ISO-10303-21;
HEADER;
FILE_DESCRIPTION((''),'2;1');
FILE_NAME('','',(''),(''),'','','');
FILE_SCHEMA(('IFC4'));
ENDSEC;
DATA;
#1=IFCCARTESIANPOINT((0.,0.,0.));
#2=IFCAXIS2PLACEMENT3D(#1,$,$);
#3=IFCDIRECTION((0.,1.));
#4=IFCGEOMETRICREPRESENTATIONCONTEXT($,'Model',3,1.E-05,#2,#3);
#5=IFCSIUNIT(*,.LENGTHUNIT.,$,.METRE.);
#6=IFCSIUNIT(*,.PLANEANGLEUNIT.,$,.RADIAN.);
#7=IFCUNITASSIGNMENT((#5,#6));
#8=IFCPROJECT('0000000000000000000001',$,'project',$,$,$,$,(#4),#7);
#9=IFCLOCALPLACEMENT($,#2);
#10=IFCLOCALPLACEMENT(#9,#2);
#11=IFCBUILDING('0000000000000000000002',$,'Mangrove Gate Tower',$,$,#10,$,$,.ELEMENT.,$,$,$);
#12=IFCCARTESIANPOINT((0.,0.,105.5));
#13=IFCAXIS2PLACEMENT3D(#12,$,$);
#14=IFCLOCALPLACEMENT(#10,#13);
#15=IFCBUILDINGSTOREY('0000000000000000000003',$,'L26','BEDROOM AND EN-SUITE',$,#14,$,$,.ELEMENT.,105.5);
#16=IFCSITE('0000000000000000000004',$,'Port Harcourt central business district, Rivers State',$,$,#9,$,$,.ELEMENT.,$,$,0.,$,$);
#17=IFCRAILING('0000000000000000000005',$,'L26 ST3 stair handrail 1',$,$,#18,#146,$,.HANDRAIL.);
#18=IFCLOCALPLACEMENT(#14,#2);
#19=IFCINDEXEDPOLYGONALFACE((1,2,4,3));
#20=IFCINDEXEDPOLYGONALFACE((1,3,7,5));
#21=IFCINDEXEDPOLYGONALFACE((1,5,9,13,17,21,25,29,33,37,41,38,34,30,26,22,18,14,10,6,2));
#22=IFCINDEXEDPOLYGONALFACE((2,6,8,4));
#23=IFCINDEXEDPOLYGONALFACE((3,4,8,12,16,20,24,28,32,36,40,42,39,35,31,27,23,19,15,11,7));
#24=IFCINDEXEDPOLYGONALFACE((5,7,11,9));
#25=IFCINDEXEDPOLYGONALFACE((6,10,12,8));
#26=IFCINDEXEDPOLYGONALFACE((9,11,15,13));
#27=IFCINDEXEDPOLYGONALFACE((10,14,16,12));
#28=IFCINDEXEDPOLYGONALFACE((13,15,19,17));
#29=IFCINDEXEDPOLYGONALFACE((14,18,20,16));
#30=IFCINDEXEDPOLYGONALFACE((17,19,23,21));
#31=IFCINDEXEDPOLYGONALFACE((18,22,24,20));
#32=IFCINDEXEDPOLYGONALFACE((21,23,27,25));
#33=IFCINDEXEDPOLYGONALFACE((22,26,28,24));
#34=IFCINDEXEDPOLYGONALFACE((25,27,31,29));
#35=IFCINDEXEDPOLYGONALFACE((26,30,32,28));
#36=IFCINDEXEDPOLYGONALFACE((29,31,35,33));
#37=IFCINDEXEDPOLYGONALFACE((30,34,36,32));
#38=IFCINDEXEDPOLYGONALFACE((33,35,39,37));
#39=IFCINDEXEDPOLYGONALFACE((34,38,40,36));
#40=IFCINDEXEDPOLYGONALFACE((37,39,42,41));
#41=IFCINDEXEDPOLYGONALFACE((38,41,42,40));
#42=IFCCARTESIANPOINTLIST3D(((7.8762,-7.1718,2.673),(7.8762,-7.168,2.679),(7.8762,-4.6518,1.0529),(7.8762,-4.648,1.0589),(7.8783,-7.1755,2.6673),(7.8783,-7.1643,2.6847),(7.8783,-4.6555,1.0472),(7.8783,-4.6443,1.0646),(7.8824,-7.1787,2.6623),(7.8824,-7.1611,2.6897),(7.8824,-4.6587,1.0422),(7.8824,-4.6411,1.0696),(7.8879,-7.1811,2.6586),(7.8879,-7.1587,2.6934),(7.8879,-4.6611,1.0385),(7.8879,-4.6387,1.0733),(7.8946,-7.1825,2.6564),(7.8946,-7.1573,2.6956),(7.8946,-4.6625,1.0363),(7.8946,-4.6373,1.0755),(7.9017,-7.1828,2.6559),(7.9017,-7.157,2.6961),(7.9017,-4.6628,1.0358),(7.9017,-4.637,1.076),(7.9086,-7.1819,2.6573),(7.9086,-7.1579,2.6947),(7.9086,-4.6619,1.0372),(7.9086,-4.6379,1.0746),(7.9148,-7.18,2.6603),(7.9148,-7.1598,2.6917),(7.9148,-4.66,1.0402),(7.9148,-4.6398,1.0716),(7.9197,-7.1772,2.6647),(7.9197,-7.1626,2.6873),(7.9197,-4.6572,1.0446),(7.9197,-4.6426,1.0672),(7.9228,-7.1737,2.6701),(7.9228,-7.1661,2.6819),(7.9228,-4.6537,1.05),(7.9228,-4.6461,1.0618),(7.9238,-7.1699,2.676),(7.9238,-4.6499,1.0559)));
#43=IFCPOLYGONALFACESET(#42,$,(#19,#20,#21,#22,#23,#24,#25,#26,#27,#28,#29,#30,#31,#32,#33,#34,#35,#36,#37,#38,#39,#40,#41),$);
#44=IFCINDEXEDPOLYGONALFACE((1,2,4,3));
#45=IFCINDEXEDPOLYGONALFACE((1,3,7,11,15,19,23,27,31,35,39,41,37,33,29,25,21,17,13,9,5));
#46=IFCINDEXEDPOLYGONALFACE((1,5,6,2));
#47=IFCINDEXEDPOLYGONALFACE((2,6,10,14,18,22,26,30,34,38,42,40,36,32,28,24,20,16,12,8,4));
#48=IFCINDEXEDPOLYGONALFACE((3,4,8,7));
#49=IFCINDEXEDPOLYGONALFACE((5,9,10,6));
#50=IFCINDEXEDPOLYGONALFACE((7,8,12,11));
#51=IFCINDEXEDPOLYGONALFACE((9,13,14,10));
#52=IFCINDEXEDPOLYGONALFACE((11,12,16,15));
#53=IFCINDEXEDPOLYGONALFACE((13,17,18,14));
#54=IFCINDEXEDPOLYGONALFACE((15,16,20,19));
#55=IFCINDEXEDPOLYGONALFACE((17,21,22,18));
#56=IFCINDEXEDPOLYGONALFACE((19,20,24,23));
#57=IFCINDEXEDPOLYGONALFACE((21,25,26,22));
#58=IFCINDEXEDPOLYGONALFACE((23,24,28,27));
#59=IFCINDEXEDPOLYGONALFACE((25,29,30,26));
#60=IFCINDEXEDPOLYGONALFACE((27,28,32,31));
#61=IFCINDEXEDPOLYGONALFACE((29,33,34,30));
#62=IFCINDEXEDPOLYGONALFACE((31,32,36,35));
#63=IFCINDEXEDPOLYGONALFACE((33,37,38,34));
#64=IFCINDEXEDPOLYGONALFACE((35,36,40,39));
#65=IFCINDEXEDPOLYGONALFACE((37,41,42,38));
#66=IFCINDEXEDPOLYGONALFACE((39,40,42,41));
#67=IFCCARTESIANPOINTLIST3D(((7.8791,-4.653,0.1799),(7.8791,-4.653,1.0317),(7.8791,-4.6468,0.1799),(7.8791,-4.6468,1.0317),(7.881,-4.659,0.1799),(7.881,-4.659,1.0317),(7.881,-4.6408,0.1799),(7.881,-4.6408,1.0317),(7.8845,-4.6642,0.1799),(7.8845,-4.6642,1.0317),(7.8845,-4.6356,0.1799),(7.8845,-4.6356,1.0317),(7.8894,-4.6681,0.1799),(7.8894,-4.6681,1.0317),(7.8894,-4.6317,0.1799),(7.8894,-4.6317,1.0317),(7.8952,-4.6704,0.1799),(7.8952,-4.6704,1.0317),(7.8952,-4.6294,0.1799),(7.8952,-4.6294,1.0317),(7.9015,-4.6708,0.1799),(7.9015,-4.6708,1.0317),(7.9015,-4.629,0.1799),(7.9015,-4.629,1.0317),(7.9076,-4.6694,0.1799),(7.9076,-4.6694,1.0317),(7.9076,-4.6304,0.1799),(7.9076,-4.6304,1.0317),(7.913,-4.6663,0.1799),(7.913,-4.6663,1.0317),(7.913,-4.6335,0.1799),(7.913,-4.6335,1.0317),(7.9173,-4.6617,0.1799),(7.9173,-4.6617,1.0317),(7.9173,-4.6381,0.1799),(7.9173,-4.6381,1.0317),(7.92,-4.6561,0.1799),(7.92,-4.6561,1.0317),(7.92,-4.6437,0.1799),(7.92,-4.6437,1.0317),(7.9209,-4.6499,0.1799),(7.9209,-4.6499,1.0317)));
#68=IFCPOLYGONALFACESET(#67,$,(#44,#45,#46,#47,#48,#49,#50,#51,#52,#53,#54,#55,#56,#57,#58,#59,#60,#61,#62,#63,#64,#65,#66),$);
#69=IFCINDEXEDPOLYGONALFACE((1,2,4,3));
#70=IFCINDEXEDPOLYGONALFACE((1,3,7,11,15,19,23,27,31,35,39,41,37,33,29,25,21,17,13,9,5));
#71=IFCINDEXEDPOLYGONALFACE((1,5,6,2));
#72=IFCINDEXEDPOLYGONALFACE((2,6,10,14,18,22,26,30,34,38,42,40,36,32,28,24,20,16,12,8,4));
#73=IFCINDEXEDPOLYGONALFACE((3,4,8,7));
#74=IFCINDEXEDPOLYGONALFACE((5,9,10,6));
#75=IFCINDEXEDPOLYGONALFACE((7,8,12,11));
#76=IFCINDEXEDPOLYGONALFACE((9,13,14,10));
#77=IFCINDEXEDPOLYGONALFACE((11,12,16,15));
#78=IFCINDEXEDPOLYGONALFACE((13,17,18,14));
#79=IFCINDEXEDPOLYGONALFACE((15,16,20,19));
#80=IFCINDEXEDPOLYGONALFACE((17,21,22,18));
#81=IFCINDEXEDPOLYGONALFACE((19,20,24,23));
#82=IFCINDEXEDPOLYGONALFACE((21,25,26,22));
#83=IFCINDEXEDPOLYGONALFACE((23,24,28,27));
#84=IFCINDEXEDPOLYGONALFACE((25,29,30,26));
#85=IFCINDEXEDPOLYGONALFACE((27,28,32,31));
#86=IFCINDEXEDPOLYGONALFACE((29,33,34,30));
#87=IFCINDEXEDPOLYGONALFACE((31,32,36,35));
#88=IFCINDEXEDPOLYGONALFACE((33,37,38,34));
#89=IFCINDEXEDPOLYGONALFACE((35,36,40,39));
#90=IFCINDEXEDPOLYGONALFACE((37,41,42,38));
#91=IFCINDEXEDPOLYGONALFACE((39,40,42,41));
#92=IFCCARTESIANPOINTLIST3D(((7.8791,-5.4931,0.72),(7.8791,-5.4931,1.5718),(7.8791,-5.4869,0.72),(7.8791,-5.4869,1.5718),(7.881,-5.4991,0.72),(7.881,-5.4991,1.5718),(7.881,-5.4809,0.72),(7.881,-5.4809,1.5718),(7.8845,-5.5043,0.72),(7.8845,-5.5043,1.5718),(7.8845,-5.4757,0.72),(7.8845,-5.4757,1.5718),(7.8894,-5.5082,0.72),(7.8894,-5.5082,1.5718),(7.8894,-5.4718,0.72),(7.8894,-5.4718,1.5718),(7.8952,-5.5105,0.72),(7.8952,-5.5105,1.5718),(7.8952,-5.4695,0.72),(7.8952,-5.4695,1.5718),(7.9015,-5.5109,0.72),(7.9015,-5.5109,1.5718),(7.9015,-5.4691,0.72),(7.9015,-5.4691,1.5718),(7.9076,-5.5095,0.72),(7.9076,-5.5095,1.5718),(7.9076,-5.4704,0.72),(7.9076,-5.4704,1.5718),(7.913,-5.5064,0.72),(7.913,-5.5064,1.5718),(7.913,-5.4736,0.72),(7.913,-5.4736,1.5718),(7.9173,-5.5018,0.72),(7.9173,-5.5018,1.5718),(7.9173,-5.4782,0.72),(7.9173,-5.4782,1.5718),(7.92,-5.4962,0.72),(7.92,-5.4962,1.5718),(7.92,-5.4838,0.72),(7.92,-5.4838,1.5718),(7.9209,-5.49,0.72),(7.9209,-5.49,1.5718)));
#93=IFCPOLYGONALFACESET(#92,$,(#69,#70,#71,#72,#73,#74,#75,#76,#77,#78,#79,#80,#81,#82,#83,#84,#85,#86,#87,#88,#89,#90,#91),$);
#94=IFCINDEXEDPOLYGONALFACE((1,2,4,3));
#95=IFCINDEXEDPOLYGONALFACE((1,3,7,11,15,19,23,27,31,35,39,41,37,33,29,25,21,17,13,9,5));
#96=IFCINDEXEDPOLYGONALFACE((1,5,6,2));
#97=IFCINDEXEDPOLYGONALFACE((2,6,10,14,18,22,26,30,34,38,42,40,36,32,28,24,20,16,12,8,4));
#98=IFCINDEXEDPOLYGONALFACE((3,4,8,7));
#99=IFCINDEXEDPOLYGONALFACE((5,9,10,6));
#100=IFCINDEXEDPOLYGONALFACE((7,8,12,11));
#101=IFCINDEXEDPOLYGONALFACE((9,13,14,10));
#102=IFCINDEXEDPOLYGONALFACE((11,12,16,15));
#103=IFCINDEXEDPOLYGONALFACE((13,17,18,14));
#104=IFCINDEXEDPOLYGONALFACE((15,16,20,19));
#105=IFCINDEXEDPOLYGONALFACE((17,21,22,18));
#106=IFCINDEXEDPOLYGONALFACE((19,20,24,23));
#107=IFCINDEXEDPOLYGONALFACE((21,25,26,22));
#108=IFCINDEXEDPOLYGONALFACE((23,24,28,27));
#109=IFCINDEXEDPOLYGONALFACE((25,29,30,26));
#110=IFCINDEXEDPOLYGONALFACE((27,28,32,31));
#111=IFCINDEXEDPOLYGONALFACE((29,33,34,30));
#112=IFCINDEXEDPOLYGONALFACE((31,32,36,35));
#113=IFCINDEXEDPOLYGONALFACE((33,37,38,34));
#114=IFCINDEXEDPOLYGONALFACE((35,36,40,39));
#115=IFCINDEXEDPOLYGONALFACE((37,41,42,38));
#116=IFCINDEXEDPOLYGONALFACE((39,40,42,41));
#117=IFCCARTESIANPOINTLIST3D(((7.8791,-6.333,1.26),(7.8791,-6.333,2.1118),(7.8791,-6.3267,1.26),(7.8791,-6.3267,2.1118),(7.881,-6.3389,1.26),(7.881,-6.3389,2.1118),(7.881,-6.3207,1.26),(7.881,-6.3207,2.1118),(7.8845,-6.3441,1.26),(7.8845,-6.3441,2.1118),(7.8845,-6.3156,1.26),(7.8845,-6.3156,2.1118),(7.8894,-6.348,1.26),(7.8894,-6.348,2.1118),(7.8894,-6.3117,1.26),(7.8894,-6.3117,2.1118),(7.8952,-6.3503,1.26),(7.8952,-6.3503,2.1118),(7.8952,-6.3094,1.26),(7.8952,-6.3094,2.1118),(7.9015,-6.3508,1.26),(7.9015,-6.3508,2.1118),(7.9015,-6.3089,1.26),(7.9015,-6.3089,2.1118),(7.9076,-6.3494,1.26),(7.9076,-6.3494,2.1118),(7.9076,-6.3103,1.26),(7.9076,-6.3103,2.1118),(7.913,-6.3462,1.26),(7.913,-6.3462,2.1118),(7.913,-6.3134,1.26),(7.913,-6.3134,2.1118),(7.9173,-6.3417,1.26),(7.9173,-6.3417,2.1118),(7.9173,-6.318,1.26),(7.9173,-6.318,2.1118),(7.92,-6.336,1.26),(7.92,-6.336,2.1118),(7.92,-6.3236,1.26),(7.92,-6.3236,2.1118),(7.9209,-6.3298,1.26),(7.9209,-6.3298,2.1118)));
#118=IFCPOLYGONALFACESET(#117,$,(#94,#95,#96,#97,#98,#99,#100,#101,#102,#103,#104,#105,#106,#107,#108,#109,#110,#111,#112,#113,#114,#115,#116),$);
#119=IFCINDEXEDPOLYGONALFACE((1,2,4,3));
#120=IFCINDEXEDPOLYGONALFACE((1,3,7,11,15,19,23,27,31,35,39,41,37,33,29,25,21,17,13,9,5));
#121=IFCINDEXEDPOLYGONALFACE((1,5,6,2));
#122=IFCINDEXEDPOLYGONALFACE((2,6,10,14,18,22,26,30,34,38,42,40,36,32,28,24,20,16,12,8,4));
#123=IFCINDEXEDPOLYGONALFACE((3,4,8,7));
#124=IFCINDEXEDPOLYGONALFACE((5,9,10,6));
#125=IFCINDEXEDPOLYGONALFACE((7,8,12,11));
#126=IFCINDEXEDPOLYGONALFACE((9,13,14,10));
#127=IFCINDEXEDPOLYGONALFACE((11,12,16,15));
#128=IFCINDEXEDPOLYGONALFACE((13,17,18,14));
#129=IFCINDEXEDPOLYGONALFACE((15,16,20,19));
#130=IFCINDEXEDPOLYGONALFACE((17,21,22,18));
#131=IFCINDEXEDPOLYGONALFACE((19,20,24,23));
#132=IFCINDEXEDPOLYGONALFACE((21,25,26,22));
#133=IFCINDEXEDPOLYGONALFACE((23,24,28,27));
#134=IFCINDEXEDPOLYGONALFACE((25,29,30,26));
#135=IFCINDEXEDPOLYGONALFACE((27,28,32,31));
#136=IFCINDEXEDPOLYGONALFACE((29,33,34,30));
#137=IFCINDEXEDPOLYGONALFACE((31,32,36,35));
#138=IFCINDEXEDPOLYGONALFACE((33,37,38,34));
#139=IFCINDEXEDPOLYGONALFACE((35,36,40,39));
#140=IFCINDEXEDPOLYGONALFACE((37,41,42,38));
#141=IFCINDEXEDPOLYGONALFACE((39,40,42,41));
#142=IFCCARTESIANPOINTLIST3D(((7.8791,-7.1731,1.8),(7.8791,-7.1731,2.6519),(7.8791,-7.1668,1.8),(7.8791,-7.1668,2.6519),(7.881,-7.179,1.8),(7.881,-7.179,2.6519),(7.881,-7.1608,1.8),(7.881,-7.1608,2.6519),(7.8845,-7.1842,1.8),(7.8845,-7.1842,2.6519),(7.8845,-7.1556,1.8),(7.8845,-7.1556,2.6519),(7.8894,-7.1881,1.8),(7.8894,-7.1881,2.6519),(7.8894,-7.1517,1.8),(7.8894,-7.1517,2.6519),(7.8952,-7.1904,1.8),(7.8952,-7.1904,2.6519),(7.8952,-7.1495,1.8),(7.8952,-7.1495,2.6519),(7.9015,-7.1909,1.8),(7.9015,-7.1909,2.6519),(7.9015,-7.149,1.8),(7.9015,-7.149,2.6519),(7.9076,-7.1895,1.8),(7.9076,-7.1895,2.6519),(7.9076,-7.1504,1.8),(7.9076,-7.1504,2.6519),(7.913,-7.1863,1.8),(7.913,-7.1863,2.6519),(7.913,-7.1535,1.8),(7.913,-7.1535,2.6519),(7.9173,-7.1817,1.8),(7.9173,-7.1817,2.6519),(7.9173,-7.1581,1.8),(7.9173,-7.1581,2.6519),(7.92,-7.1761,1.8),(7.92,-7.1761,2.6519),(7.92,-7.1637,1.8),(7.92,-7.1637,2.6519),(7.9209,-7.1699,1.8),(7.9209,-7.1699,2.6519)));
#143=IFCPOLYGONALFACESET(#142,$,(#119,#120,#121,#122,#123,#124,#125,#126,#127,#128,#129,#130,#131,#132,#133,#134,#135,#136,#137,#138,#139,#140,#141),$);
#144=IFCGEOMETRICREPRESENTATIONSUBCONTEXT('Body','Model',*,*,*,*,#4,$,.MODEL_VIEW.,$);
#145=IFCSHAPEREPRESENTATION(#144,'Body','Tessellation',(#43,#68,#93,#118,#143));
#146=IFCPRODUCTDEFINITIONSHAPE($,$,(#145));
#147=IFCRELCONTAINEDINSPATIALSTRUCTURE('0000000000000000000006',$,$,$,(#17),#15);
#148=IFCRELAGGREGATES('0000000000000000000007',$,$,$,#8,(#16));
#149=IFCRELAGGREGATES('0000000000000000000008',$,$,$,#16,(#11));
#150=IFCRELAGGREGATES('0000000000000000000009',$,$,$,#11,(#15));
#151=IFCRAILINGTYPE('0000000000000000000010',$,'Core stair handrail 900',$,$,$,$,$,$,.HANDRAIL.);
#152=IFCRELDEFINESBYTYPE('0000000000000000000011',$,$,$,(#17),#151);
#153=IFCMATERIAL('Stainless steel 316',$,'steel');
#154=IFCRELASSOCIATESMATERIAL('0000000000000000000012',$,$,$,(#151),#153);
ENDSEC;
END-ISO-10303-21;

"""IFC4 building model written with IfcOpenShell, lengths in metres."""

from ifc_helpers import new_model, si_unit, direction, frame, origin, origin_2d, place, context, subcontext, project, spatial, circle, extrude, material, type_object, element, save


model = new_model("IFC4")

# Units and contexts
model_context = context("Model", 3, precision=1e-05, world=origin(), true_north=direction((0.0, 1.0)))
body_context = subcontext(model_context, "Body", "Model", "MODEL_VIEW")
ifc_project = project(units=[si_unit("LENGTHUNIT", "METRE"), si_unit("PLANEANGLEUNIT", "RADIAN")], contexts=[model_context])

# Site, building, storey
site_placement = place(None, origin())
site = spatial("IfcSite", under=ifc_project, at=site_placement, Name="Port Harcourt central business district, Rivers State", CompositionType="ELEMENT", RefElevation=0.0)
building_placement = place(site_placement, origin())
building = spatial("IfcBuilding", under=site, at=building_placement, Name="Mangrove Gate Tower", CompositionType="ELEMENT")
storey_placement = place(building_placement, frame((0.0, 0.0, 105.5)))
storey = spatial("IfcBuildingStorey", under=building, at=storey_placement, Name="L26", Description="BEDROOM AND EN-SUITE", CompositionType="ELEMENT", Elevation=105.5)

# Railing
ifc_material_1 = material(Name="Stainless steel 316", Category="steel")
railing_type_1 = type_object("IfcRailingType", Name="Core stair handrail 900", PredefinedType="HANDRAIL", material=ifc_material_1)
railing_1_placement = place(storey_placement, frame((7.8999, -4.6499, 0.1799)))
element("IfcRailing", 1, at=railing_1_placement, inside=storey, type_object=railing_type_1, Name="L26 ST3 stair handrail 1", PredefinedType="HANDRAIL", context=body_context, shape_type="SweptSolid", body=[
    extrude(circle(Radius=0.0239, at=origin_2d()), frame((0.0, 0.0, 0.876), z_axis=(0.0, -0.841163, 0.540782), x_axis=(1.0, 0.0, 0.0)), (0.0, 0.0, 1.0), 2.9958),
    extrude(circle(Radius=0.021, at=origin_2d()), origin(), (0.0, 0.0, 1.0), 0.8518),
    extrude(circle(Radius=0.021, at=origin_2d()), frame((0.0, -0.8401, 0.54)), (0.0, 0.0, 1.0), 0.8518),
    extrude(circle(Radius=0.021, at=origin_2d()), frame((0.0, -1.6799, 1.0801)), (0.0, 0.0, 1.0), 0.8518),
    extrude(circle(Radius=0.021, at=origin_2d()), frame((0.0, -2.52, 1.6201)), (0.0, 0.0, 1.0), 0.8518),
])

save(model, "model.ifc")
